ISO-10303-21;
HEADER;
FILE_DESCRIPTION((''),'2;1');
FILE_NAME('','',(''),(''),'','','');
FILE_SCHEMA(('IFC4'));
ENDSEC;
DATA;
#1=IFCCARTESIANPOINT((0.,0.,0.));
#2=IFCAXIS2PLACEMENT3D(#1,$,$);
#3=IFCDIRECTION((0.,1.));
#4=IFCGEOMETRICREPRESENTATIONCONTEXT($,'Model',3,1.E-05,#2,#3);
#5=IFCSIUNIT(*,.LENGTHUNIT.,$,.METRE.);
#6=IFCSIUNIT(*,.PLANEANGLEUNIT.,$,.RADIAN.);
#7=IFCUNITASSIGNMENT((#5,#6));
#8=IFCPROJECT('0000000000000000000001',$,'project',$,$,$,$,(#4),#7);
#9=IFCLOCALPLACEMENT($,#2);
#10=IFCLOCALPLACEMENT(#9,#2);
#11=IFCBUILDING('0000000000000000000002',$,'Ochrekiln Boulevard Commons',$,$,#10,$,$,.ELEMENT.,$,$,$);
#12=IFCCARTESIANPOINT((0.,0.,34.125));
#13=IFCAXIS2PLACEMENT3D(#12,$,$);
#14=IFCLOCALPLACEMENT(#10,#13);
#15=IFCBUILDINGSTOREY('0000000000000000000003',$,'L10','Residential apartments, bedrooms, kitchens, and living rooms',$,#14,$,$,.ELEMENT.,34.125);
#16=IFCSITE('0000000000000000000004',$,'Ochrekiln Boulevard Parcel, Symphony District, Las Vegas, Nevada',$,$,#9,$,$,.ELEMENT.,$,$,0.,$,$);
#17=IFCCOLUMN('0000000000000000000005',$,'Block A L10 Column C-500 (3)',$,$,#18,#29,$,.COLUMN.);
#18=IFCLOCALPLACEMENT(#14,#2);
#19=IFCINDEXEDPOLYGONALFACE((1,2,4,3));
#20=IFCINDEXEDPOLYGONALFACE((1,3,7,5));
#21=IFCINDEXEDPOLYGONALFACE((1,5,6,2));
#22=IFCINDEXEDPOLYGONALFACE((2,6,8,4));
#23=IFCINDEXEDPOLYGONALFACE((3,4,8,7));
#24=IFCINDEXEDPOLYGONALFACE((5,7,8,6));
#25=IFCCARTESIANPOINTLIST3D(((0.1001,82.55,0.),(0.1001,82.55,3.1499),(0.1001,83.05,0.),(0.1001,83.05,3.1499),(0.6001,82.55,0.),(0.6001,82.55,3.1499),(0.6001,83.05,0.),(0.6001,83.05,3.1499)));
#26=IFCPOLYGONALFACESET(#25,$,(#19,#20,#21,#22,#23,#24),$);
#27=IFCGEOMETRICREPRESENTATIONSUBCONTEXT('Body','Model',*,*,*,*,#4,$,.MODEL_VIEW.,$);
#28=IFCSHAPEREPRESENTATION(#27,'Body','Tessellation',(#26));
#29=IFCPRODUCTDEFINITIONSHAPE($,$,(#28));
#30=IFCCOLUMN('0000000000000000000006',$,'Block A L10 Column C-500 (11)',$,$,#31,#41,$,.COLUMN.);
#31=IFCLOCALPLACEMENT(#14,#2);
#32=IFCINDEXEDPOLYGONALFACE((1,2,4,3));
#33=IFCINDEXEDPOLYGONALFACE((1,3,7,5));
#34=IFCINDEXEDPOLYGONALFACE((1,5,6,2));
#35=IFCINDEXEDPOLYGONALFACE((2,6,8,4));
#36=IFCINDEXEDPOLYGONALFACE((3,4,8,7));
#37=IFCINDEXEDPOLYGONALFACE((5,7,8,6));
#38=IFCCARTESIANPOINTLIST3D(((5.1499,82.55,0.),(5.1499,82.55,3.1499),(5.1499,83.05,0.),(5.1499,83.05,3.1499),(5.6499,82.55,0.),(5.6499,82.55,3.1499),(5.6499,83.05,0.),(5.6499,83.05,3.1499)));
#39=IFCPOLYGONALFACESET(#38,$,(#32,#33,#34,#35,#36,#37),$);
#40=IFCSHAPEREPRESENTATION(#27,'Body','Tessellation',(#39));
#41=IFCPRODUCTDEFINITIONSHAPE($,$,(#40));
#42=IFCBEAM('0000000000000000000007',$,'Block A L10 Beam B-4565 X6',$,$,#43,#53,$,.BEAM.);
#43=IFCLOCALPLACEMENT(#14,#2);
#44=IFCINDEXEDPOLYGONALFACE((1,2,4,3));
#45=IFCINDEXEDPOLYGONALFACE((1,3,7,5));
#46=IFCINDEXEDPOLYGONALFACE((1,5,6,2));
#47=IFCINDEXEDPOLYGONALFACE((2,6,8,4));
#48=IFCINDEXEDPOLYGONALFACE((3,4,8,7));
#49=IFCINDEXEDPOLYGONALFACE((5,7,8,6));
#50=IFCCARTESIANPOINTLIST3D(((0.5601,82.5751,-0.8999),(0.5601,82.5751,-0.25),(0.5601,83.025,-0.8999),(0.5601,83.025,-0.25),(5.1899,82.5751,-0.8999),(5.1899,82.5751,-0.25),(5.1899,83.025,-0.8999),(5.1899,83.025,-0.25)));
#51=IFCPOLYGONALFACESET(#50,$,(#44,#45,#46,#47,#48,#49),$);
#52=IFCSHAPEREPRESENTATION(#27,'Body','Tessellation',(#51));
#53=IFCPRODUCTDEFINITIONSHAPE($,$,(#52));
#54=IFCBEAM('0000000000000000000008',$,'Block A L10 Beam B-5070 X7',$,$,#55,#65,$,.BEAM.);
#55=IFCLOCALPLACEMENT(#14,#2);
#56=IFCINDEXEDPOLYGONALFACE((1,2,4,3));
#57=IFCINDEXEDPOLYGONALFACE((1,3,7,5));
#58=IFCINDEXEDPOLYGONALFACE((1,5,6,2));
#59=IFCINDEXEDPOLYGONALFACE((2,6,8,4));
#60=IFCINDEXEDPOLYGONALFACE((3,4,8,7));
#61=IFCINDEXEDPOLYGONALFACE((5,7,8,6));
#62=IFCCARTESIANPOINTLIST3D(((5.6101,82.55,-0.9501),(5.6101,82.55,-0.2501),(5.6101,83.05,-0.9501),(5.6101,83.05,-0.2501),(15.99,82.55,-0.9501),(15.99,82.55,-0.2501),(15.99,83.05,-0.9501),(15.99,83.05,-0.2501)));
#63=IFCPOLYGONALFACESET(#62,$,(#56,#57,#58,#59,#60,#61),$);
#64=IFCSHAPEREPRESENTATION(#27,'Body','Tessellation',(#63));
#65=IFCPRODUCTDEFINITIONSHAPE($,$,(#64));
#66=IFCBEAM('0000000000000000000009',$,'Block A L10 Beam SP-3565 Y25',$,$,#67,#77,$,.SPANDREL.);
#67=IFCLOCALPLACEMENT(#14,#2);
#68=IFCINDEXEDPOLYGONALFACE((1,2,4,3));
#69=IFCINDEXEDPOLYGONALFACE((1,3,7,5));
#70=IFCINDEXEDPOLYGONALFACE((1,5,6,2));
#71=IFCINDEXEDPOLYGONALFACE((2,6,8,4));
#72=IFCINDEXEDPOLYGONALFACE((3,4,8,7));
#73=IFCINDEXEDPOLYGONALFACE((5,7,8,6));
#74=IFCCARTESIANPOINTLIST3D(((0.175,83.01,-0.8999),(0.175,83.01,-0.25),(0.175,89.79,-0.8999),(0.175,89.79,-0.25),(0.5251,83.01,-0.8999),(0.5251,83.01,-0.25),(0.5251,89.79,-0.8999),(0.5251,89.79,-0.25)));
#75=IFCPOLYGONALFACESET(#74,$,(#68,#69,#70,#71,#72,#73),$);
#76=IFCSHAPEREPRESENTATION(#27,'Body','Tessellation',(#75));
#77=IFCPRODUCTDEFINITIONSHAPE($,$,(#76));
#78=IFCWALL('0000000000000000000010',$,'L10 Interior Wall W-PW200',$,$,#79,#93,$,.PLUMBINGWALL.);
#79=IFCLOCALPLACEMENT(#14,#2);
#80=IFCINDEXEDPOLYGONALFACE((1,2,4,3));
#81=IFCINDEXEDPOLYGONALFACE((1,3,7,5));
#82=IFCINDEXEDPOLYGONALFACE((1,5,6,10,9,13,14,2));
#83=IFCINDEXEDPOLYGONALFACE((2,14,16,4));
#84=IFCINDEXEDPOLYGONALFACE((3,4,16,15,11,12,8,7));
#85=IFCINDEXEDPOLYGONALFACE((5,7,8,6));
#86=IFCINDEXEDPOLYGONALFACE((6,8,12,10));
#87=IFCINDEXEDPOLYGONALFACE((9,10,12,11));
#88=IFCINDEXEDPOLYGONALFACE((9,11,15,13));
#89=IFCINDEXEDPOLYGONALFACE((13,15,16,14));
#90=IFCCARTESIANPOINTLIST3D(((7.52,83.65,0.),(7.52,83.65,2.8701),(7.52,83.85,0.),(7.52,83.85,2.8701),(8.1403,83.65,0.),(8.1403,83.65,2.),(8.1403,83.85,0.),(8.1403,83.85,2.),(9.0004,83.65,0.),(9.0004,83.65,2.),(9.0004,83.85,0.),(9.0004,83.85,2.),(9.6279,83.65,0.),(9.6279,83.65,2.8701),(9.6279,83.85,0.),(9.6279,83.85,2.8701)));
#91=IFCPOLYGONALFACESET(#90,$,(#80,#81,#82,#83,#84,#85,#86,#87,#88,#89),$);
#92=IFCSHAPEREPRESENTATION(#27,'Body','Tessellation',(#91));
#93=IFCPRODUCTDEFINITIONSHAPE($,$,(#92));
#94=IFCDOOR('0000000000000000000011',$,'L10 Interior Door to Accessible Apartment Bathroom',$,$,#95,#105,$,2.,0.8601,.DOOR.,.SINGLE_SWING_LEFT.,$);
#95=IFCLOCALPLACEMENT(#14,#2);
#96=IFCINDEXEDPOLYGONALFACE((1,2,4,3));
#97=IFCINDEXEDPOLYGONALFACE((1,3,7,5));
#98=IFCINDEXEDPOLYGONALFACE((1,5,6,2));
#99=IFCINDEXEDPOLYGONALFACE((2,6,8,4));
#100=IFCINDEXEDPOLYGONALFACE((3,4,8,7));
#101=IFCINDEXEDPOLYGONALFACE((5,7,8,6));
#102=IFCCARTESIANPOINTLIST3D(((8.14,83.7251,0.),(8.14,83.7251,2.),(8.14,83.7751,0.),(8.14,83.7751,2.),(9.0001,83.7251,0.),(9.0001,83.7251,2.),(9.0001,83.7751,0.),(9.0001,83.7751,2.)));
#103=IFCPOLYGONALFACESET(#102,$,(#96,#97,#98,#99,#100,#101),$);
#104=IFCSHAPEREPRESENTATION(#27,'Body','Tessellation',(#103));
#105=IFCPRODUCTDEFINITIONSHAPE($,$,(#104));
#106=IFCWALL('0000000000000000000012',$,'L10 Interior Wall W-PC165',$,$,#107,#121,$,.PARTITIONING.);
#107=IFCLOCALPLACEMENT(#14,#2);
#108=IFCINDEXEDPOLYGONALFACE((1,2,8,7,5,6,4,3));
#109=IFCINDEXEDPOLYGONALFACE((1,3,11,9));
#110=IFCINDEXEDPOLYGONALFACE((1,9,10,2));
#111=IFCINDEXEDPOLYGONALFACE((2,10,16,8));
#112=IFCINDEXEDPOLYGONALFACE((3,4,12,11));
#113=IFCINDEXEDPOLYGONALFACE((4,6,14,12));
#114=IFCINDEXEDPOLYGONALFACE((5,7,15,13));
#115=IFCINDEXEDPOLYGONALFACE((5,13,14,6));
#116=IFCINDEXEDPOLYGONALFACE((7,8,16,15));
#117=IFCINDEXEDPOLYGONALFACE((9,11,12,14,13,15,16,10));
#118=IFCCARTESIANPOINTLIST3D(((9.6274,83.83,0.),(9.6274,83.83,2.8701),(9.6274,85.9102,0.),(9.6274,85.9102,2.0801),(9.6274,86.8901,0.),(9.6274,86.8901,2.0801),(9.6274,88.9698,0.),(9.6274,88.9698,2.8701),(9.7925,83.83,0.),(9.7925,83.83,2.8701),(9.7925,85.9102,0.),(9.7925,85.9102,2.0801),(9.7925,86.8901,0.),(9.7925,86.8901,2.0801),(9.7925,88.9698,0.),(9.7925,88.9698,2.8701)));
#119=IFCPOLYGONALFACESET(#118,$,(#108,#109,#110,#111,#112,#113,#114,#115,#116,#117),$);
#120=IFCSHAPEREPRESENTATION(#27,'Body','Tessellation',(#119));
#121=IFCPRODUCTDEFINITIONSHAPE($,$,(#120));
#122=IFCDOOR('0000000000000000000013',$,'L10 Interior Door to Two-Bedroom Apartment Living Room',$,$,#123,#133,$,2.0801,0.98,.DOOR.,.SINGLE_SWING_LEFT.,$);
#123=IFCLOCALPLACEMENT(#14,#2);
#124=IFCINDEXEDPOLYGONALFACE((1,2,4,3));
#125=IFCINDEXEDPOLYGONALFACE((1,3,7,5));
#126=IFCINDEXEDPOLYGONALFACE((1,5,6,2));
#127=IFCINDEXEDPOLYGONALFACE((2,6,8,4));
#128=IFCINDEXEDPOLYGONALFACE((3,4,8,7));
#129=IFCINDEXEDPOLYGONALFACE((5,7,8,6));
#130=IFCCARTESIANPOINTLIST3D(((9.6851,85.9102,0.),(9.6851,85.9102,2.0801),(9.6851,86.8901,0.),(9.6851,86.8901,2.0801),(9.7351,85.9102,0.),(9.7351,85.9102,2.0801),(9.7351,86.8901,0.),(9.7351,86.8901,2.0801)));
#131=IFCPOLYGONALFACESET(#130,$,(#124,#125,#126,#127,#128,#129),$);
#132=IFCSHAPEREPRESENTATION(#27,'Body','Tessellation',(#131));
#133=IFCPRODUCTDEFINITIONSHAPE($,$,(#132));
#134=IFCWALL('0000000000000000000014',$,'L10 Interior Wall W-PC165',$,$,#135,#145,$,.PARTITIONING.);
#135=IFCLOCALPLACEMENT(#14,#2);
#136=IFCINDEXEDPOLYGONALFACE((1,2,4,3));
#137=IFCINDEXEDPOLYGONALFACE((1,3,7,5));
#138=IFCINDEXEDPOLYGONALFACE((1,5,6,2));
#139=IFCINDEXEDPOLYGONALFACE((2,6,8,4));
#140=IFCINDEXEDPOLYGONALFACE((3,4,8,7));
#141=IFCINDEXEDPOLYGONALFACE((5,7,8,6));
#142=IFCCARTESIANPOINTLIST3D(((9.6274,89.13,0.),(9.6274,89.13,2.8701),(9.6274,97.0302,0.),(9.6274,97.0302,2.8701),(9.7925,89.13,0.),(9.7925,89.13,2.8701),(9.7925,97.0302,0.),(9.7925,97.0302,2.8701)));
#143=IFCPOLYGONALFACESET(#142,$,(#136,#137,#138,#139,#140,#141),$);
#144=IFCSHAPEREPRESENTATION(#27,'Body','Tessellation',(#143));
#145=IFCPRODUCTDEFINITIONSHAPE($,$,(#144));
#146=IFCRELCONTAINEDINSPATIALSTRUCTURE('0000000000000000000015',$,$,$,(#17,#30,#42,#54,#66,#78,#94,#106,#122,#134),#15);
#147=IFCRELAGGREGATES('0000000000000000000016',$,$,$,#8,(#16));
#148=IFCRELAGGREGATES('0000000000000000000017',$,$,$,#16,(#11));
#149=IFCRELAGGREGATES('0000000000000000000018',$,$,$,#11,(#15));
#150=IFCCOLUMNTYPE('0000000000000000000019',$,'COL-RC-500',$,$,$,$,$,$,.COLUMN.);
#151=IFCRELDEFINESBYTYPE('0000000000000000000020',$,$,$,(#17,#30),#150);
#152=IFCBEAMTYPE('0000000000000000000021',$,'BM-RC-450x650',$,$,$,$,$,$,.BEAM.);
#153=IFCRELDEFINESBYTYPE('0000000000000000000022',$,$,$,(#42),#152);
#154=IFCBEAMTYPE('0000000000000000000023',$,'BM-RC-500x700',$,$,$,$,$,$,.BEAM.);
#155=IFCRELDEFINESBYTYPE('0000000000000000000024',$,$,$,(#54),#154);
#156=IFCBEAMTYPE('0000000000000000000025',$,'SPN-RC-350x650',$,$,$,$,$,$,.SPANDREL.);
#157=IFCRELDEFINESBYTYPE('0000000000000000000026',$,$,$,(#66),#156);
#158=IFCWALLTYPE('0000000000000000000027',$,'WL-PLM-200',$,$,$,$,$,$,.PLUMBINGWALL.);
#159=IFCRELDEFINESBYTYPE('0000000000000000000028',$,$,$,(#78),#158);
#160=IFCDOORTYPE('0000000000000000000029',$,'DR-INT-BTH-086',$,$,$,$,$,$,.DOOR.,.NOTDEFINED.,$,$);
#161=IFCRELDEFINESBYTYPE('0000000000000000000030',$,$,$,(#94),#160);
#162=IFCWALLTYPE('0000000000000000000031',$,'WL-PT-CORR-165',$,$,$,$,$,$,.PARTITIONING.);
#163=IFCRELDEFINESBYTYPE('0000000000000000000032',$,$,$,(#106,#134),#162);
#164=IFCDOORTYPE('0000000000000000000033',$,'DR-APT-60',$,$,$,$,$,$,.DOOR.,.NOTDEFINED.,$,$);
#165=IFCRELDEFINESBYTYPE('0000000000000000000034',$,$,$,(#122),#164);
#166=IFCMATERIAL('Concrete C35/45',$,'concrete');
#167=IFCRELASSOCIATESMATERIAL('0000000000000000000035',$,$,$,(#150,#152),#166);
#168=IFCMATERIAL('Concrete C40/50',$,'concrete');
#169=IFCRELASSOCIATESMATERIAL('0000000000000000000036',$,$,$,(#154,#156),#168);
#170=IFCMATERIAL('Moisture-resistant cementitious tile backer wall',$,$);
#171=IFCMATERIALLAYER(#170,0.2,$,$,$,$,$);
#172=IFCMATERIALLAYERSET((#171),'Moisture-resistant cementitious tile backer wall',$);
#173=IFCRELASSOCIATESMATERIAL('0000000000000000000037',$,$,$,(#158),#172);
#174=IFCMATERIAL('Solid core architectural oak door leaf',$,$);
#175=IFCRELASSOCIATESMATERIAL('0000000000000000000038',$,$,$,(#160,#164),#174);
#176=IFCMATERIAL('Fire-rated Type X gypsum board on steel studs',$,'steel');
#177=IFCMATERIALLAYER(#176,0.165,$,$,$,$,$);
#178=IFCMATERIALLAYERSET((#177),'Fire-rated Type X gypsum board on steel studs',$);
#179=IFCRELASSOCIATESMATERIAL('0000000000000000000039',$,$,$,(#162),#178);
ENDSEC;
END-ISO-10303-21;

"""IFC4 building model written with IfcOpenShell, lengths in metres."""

from ifc_helpers import new_model, si_unit, direction, frame, frame_2d, origin, origin_2d, place, context, subcontext, project, spatial, rectangle, extrude, material, layer, layer_set, material_profile, profile_set, type_object, element, fill, save


model = new_model("IFC4")

# Units and contexts
model_context = context("Model", 3, precision=1e-05, world=origin(), true_north=direction((0.0, 1.0)))
body_context = subcontext(model_context, "Body", "Model", "MODEL_VIEW")
ifc_project = project(units=[si_unit("LENGTHUNIT", "METRE"), si_unit("PLANEANGLEUNIT", "RADIAN")], contexts=[model_context])

# Site, building, storey
site_placement = place(None, origin())
site = spatial("IfcSite", under=ifc_project, at=site_placement, Name="Ochrekiln Boulevard Parcel, Symphony District, Las Vegas, Nevada", CompositionType="ELEMENT", RefElevation=0.0)
building_placement = place(site_placement, origin())
building = spatial("IfcBuilding", under=site, at=building_placement, Name="Ochrekiln Boulevard Commons", CompositionType="ELEMENT")
storey_placement = place(building_placement, frame((0.0, 0.0, 34.125)))
storey = spatial("IfcBuildingStorey", under=building, at=storey_placement, Name="L10", Description="Residential apartments, bedrooms, kitchens, and living rooms", CompositionType="ELEMENT", Elevation=34.125)

# Columns
ifc_material_1 = material(Name="Concrete C35/45", Category="concrete")
ifc_material_profile_1 = material_profile(ifc_material_1, rectangle(XDim=0.5, YDim=0.5, at=origin_2d()), Name="RC-COL-500x500")
ifc_profile_set_1 = profile_set([ifc_material_profile_1], Name="Concrete C35/45")
column_type = type_object("IfcColumnType", Name="COL-RC-500", PredefinedType="COLUMN", material=ifc_profile_set_1)
for number, where, z_axis, x_axis, name in (
    (1, (0.3501, 82.8, 0.0), (0.0, 0.0, 1.0), (1.0, 0.0, 0.0), "Block A L10 Column C-500 (3)"),
    (2, (5.3999, 82.8, 0.0), (0.0, 0.0, 1.0), (1.0, 0.0, 0.0), "Block A L10 Column C-500 (11)"),
):
    element("IfcColumn", number, at=place(storey_placement, frame(where, z_axis=z_axis, x_axis=x_axis)), inside=storey, type_object=column_type, Name=name, PredefinedType="COLUMN", context=body_context, shape_type="SweptSolid", body=[
        extrude(rectangle(XDim=0.5, YDim=0.5, at=origin_2d()), origin(), (0.0, 0.0, 1.0), 3.1499),
    ])

# Beams
ifc_material_profile_2 = material_profile(ifc_material_1, rectangle(XDim=0.45, YDim=0.6499, at=origin_2d()), Name="RC-BM-450x650")
ifc_profile_set_2 = profile_set([ifc_material_profile_2], Name="Concrete C35/45")
beam_type_1 = type_object("IfcBeamType", Name="BM-RC-450x650", PredefinedType="BEAM", material=ifc_profile_set_2)
beam_1_placement = place(storey_placement, frame((0.5601, 82.8, -0.575), z_axis=(1.0, 0.0, 0.0), x_axis=(0.0, 1.0, 0.0)))
element("IfcBeam", 3, at=beam_1_placement, inside=storey, type_object=beam_type_1, Name="Block A L10 Beam B-4565 X6", PredefinedType="BEAM", context=body_context, shape_type="SweptSolid", body=[
    extrude(rectangle(XDim=0.45, YDim=0.6499, at=origin_2d()), origin(), (0.0, 0.0, 1.0), 4.6299),
])
ifc_material_2 = material(Name="Concrete C40/50", Category="concrete")
ifc_material_profile_3 = material_profile(ifc_material_2, rectangle(XDim=0.5, YDim=0.7, at=origin_2d()), Name="RC-BM-500x700")
ifc_profile_set_3 = profile_set([ifc_material_profile_3], Name="Concrete C40/50")
beam_type_2 = type_object("IfcBeamType", Name="BM-RC-500x700", PredefinedType="BEAM", material=ifc_profile_set_3)
beam_2_placement = place(storey_placement, frame((5.6101, 82.8, -0.6001), z_axis=(1.0, 0.0, 0.0), x_axis=(0.0, 1.0, 0.0)))
element("IfcBeam", 4, at=beam_2_placement, inside=storey, type_object=beam_type_2, Name="Block A L10 Beam B-5070 X7", PredefinedType="BEAM", context=body_context, shape_type="SweptSolid", body=[
    extrude(rectangle(XDim=0.5, YDim=0.7, at=origin_2d()), origin(), (0.0, 0.0, 1.0), 10.3799),
])
ifc_material_profile_4 = material_profile(ifc_material_2, rectangle(XDim=0.3501, YDim=0.6499, at=origin_2d()), Name="RC-SPN-350x650")
ifc_profile_set_4 = profile_set([ifc_material_profile_4], Name="Concrete C40/50")
beam_type_3 = type_object("IfcBeamType", Name="SPN-RC-350x650", PredefinedType="SPANDREL", material=ifc_profile_set_4)
beam_3_placement = place(storey_placement, frame((0.3501, 83.01, -0.575), z_axis=(0.0, 1.0, 0.0), x_axis=(-1.0, 0.0, 0.0)))
element("IfcBeam", 5, at=beam_3_placement, inside=storey, type_object=beam_type_3, Name="Block A L10 Beam SP-3565 Y25", PredefinedType="SPANDREL", context=body_context, shape_type="SweptSolid", body=[
    extrude(rectangle(XDim=0.3501, YDim=0.6499, at=origin_2d()), origin(), (0.0, 0.0, 1.0), 6.78),
])

# Walls, openings, doors
ifc_material_3 = material(Name="Moisture-resistant cementitious tile backer wall")
ifc_layer_1 = layer(ifc_material_3, 0.2)
ifc_layer_set_1 = layer_set([ifc_layer_1], Name="Moisture-resistant cementitious tile backer wall")
wall_type_1 = type_object("IfcWallType", Name="WL-PLM-200", PredefinedType="PLUMBINGWALL", material=ifc_layer_set_1)
wall_1_placement = place(storey_placement, frame((7.52, 83.75, 0.0), z_axis=(0.0, 0.0, 1.0), x_axis=(1.0, 0.0, 0.0)))
wall_1 = element("IfcWall", 6, at=wall_1_placement, inside=storey, type_object=wall_type_1, Name="L10 Interior Wall W-PW200", PredefinedType="PLUMBINGWALL", context=body_context, shape_type="SweptSolid", body=[
    extrude(rectangle(XDim=2.1079, YDim=0.2, at=frame_2d((1.054, 0.0))), origin(), (0.0, 0.0, 1.0), 2.8701),
])
opening_1_placement = place(wall_1_placement, frame((0.6201, 0.0, 0.0)))
opening_1 = element("IfcOpeningElement", 7, at=opening_1_placement, cuts=wall_1, PredefinedType="OPENING", context=body_context, shape_type="SweptSolid", body=[
    extrude(rectangle(XDim=0.8601, YDim=2.0, at=frame_2d((0.4302, 1.0))), frame((0.0, 0.1099, 0.0), z_axis=(0.0, -1.0, 0.0), x_axis=(1.0, 0.0, 0.0)), (0.0, 0.0, 1.0), 0.22),
])
ifc_material_4 = material(Name="Solid core architectural oak door leaf")
door_type_1 = type_object("IfcDoorType", Name="DR-INT-BTH-086", OperationType="NOTDEFINED", PredefinedType="DOOR", material=ifc_material_4)
door_1_placement = place(opening_1_placement, frame((0.8601, 0.0, 0.0), z_axis=(0.0, 0.0, 1.0), x_axis=(-1.0, 0.0, 0.0)))
door_1 = element("IfcDoor", 8, at=door_1_placement, inside=storey, type_object=door_type_1, Name="L10 Interior Door to Accessible Apartment Bathroom", OperationType="SINGLE_SWING_LEFT", OverallHeight=2.0, OverallWidth=0.8601, PredefinedType="DOOR", context=body_context, shape_type="SweptSolid", body=[
    extrude(rectangle(XDim=0.8601, YDim=2.0, at=frame_2d((0.4302, 1.0))), frame((0.0, 0.0249, 0.0), z_axis=(0.0, -1.0, 0.0), x_axis=(1.0, 0.0, 0.0)), (0.0, 0.0, 1.0), 0.05),
])
fill(opening_1, door_1)
ifc_material_5 = material(Name="Fire-rated Type X gypsum board on steel studs", Category="steel")
ifc_layer_2 = layer(ifc_material_5, 0.165)
ifc_layer_set_2 = layer_set([ifc_layer_2], Name="Fire-rated Type X gypsum board on steel studs")
wall_type_2 = type_object("IfcWallType", Name="WL-PT-CORR-165", PredefinedType="PARTITIONING", material=ifc_layer_set_2)
wall_2_placement = place(storey_placement, frame((9.71, 83.8301, 0.0), z_axis=(0.0, 0.0, 1.0), x_axis=(0.0, 1.0, 0.0)))
wall_2 = element("IfcWall", 9, at=wall_2_placement, inside=storey, type_object=wall_type_2, Name="L10 Interior Wall W-PC165", PredefinedType="PARTITIONING", context=body_context, shape_type="SweptSolid", body=[
    extrude(rectangle(XDim=5.1399, YDim=0.165, at=frame_2d((2.5698, 0.0))), origin(), (0.0, 0.0, 1.0), 2.8701),
])
opening_2_placement = place(wall_2_placement, frame((2.0801, 0.0, 0.0)))
opening_2 = element("IfcOpeningElement", 10, at=opening_2_placement, cuts=wall_2, PredefinedType="OPENING", context=body_context, shape_type="SweptSolid", body=[
    extrude(rectangle(XDim=0.98, YDim=2.0801, at=frame_2d((0.49, 1.04))), frame((0.0, 0.0925, 0.0), z_axis=(0.0, -1.0, 0.0), x_axis=(1.0, 0.0, 0.0)), (0.0, 0.0, 1.0), 0.1851),
])
door_type_2 = type_object("IfcDoorType", Name="DR-APT-60", OperationType="NOTDEFINED", PredefinedType="DOOR", material=ifc_material_4)
door_2_placement = place(opening_2_placement, origin())
door_2 = element("IfcDoor", 11, at=door_2_placement, inside=storey, type_object=door_type_2, Name="L10 Interior Door to Two-Bedroom Apartment Living Room", OperationType="SINGLE_SWING_LEFT", OverallHeight=2.0801, OverallWidth=0.98, PredefinedType="DOOR", context=body_context, shape_type="SweptSolid", body=[
    extrude(rectangle(XDim=0.98, YDim=2.0801, at=frame_2d((0.49, 1.04))), frame((0.0, 0.0249, 0.0), z_axis=(0.0, -1.0, 0.0), x_axis=(1.0, 0.0, 0.0)), (0.0, 0.0, 1.0), 0.05),
])
fill(opening_2, door_2)

# Wall
wall_3_placement = place(storey_placement, frame((9.71, 89.1299, 0.0), z_axis=(0.0, 0.0, 1.0), x_axis=(0.0, 1.0, 0.0)))
element("IfcWall", 12, at=wall_3_placement, inside=storey, type_object=wall_type_2, Name="L10 Interior Wall W-PC165", PredefinedType="PARTITIONING", context=body_context, shape_type="SweptSolid", body=[
    extrude(rectangle(XDim=7.9001, YDim=0.165, at=frame_2d((3.9502, 0.0))), origin(), (0.0, 0.0, 1.0), 2.8701),
])

save(model, "model.ifc")
